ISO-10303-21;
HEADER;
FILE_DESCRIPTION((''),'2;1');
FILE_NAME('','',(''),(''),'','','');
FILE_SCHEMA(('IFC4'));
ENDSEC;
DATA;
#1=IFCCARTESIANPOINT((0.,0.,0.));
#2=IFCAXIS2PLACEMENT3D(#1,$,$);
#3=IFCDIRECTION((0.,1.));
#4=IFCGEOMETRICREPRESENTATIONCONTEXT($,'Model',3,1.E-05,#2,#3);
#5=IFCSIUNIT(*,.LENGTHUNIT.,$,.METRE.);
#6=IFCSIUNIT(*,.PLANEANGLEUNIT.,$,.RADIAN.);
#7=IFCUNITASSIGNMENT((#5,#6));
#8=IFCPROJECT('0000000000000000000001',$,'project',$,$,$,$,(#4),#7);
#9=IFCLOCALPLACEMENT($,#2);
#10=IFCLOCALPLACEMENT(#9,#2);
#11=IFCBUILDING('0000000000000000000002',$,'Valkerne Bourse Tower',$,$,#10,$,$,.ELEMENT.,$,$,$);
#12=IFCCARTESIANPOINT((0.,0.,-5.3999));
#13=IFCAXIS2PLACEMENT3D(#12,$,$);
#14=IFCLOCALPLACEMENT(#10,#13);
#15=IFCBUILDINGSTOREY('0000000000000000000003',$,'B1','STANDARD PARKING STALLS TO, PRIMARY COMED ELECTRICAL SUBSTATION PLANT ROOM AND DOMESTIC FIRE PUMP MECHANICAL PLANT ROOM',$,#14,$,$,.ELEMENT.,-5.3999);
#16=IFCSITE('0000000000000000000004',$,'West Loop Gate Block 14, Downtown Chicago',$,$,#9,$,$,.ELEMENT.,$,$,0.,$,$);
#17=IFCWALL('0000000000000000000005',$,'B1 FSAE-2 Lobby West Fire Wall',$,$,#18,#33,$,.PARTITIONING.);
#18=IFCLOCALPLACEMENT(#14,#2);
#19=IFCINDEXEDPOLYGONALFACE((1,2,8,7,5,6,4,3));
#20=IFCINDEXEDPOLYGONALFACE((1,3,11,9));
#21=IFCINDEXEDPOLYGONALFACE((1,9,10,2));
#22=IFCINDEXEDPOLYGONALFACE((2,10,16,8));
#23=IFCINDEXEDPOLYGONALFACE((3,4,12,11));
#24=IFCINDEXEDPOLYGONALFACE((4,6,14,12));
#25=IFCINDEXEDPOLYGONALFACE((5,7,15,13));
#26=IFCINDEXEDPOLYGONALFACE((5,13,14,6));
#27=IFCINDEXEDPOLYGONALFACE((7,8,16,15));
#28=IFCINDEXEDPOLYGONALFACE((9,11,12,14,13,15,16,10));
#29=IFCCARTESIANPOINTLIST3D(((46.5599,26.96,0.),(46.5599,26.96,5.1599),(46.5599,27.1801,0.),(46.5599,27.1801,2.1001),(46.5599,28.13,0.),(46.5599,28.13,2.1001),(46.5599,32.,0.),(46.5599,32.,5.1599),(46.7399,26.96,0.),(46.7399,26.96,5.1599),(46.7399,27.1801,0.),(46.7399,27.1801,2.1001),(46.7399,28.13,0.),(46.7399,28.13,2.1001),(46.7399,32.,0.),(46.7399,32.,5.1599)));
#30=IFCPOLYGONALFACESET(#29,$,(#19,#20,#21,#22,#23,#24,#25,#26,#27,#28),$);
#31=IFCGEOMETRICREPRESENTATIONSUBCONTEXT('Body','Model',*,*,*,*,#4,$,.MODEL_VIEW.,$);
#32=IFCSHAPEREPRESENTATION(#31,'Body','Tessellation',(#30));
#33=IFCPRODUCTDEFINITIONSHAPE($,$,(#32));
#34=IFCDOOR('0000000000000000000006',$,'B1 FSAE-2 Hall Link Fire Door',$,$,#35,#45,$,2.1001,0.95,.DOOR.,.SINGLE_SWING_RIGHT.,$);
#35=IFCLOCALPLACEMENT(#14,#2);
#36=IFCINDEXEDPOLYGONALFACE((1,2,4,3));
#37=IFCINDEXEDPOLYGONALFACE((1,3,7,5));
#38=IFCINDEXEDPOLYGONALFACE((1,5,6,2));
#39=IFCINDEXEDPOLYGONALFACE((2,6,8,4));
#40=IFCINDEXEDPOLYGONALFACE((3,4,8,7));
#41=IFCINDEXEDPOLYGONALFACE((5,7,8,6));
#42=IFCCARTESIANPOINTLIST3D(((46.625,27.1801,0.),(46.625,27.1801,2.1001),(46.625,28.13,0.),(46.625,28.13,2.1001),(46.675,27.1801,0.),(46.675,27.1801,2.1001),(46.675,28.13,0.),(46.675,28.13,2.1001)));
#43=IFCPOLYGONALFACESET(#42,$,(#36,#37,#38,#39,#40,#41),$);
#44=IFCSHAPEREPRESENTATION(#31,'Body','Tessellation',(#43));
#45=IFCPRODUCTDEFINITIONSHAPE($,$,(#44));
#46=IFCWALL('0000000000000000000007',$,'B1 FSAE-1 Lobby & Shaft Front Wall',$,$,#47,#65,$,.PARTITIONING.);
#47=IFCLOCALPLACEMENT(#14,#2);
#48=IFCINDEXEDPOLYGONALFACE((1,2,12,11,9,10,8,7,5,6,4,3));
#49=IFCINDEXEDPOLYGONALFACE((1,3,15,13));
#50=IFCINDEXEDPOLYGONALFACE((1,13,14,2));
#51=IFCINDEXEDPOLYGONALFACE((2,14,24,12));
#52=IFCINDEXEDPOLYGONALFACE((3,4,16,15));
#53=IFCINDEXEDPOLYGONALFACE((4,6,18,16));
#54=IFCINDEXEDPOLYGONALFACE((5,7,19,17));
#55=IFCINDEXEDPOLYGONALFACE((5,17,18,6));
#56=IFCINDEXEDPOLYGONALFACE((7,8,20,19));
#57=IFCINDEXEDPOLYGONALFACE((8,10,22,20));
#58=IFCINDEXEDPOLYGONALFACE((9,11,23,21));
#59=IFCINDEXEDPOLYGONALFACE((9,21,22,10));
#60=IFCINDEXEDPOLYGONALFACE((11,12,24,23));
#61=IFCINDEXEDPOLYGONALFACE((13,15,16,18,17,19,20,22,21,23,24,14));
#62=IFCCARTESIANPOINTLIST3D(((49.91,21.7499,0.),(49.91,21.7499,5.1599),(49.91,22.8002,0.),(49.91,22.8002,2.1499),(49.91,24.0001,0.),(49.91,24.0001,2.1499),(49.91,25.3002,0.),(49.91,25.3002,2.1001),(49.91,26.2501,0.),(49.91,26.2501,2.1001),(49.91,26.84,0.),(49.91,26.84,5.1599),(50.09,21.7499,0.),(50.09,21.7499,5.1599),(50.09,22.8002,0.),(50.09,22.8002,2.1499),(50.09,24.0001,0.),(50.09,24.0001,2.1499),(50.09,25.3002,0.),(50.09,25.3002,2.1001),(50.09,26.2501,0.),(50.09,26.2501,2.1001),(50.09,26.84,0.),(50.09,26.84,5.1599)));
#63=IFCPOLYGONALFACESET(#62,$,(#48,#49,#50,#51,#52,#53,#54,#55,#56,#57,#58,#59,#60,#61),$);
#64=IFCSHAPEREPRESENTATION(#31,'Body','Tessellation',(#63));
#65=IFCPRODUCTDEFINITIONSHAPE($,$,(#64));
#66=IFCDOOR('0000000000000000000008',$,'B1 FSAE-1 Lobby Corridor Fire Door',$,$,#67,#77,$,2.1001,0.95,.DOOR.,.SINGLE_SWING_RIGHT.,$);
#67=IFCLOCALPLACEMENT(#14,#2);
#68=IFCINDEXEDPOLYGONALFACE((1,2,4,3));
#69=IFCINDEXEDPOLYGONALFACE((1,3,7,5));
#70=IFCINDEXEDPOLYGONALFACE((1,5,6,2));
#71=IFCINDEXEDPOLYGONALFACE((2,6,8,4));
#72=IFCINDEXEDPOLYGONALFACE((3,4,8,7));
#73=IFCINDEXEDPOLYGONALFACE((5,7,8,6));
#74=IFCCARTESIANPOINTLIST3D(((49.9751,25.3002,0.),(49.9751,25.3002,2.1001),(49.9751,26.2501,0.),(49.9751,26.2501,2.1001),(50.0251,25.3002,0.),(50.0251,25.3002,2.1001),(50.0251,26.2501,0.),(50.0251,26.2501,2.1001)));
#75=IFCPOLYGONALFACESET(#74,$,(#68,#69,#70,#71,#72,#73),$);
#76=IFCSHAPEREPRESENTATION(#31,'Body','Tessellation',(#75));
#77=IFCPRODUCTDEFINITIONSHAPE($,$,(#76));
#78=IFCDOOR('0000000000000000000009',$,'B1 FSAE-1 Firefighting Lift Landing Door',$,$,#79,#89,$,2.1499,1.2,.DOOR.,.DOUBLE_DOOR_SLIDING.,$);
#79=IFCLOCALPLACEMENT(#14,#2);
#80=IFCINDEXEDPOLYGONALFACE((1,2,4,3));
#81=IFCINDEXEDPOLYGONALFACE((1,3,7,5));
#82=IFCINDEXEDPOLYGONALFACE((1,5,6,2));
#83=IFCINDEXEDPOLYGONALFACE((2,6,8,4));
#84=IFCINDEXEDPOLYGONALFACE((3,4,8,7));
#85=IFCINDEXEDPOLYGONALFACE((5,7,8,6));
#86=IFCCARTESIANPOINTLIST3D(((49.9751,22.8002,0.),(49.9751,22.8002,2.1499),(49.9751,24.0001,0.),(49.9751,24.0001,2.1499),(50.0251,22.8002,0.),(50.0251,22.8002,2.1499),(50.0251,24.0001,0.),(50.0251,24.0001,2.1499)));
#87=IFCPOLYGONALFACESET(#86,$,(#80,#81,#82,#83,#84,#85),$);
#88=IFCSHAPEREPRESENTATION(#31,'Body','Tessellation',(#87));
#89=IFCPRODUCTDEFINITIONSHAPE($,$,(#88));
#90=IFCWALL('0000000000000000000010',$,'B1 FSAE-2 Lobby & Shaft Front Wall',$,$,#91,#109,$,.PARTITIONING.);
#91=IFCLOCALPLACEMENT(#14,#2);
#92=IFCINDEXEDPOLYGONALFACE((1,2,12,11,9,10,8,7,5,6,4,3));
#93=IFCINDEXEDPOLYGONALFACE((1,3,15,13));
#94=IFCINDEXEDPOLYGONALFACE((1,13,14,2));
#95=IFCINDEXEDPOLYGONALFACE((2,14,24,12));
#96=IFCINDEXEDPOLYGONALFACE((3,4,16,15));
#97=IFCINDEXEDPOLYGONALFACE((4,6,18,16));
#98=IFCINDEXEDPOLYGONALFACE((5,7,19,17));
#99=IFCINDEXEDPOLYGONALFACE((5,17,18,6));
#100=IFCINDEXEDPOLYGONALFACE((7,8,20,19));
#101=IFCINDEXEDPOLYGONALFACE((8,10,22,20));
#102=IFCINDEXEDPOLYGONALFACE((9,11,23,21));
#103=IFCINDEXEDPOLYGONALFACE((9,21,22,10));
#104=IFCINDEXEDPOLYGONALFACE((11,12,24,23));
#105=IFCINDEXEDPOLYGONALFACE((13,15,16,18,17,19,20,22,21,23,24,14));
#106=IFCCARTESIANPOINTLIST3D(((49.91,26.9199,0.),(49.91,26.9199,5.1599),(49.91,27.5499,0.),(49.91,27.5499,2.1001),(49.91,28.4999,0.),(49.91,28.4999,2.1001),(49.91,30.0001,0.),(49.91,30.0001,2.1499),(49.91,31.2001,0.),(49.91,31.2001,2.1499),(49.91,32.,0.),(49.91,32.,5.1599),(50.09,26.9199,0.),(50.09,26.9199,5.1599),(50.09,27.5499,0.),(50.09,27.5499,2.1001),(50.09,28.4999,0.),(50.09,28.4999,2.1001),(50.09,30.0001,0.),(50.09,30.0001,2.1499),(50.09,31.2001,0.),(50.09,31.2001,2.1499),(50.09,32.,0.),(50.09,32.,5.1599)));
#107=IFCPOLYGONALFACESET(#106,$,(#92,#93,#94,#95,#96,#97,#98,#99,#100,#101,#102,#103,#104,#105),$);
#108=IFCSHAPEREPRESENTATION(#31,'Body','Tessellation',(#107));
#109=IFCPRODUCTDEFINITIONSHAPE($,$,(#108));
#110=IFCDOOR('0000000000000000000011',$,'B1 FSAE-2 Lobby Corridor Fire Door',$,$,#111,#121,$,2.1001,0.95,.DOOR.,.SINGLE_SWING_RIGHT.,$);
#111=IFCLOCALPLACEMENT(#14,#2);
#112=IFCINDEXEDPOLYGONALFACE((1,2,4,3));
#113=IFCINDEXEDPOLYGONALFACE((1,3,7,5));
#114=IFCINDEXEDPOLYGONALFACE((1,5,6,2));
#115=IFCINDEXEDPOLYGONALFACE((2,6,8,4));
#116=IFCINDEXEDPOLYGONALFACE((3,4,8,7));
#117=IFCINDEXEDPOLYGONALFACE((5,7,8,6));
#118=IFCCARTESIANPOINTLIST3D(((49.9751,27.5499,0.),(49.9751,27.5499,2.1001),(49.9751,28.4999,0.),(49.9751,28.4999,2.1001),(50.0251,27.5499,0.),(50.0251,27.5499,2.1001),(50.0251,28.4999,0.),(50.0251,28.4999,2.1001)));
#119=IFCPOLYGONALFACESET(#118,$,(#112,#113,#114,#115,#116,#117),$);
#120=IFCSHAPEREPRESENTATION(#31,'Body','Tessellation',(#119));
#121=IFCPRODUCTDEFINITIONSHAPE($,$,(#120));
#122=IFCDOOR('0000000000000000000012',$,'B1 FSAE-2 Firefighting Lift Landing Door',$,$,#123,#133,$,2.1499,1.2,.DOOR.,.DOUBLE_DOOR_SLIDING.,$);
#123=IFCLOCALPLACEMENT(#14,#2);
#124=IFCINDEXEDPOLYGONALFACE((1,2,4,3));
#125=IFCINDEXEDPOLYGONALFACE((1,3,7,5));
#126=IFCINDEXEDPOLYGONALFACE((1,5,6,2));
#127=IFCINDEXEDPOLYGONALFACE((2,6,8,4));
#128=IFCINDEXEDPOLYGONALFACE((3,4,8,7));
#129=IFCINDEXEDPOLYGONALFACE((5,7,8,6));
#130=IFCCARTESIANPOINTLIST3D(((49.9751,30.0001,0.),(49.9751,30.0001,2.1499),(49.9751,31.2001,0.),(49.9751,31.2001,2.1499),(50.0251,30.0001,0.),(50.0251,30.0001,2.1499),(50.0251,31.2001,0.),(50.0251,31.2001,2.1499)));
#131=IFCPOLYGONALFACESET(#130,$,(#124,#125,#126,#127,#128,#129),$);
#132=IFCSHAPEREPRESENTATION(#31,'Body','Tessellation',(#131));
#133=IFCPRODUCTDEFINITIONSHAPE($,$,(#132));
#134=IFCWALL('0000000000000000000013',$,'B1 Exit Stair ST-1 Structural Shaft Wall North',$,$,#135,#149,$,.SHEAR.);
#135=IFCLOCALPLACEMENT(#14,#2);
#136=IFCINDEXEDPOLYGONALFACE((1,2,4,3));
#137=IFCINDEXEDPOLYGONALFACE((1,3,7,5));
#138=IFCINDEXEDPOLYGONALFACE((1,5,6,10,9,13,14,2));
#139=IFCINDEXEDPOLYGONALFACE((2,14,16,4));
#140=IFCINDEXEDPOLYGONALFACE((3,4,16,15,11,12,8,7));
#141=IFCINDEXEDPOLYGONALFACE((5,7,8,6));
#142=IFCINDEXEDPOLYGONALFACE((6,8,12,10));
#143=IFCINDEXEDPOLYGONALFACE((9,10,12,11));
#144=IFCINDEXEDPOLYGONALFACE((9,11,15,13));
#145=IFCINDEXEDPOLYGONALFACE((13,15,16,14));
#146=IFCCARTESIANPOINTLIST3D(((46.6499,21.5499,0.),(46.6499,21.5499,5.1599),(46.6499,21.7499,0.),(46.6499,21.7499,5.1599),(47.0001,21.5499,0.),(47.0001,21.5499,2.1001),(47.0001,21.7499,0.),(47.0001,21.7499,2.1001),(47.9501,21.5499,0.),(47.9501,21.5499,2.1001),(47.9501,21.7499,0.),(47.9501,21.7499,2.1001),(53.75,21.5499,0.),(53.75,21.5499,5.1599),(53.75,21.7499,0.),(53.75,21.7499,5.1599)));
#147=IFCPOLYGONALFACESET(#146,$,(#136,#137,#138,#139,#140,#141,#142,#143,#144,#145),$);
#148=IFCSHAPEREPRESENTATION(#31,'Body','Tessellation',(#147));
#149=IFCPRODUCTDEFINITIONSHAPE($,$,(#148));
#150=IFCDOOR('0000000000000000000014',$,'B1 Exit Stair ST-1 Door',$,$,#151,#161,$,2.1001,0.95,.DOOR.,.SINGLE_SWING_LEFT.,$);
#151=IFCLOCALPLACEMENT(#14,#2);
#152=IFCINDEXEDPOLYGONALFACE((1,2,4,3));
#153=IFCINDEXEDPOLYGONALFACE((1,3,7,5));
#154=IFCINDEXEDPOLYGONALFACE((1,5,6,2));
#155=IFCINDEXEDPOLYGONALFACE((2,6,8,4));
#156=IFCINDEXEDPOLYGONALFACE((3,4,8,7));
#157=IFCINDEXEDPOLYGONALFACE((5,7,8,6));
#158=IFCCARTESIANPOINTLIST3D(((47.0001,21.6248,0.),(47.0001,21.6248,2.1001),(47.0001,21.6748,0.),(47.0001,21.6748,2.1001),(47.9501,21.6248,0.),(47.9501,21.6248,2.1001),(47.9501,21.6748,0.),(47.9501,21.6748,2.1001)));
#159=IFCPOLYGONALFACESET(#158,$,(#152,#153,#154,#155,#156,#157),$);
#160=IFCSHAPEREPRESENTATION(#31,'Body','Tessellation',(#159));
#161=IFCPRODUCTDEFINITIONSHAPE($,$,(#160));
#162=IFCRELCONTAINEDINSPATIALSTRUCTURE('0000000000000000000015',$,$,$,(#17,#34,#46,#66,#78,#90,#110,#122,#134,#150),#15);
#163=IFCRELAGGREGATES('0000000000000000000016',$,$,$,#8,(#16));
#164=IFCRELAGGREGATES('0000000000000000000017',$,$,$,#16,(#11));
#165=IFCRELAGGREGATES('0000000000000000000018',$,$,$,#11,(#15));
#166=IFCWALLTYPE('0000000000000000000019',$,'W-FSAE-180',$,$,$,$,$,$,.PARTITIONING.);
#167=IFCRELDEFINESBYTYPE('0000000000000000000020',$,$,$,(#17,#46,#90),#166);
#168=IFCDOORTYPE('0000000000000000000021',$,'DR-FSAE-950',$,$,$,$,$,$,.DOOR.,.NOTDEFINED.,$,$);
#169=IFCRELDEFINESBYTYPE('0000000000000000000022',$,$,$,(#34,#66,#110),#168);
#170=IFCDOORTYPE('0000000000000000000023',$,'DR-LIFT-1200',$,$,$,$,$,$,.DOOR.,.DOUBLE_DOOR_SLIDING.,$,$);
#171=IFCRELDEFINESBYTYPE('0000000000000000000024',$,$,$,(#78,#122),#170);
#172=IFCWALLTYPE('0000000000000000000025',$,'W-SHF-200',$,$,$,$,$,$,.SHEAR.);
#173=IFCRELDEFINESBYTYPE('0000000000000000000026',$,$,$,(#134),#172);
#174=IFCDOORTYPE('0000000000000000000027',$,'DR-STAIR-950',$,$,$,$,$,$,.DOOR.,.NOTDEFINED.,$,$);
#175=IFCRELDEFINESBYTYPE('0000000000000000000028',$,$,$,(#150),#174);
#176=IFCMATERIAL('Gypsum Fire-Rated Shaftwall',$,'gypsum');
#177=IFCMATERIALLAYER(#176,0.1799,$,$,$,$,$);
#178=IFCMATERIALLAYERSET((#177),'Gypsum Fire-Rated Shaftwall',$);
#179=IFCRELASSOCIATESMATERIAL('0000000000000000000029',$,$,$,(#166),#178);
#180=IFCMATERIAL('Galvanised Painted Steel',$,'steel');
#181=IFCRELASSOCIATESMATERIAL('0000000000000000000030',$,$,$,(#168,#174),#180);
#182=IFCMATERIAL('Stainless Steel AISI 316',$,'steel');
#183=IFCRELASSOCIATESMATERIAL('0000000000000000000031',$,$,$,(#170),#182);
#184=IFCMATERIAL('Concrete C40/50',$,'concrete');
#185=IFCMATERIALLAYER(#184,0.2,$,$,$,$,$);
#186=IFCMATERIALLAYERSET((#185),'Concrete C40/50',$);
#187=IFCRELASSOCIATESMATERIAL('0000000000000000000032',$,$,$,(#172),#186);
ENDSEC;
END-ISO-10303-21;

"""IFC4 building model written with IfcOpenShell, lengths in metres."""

from ifc_helpers import new_model, si_unit, direction, frame, frame_2d, origin, place, context, subcontext, project, spatial, rectangle, extrude, material, layer, layer_set, type_object, element, fill, save


model = new_model("IFC4")

# Units and contexts
model_context = context("Model", 3, precision=1e-05, world=origin(), true_north=direction((0.0, 1.0)))
body_context = subcontext(model_context, "Body", "Model", "MODEL_VIEW")
ifc_project = project(units=[si_unit("LENGTHUNIT", "METRE"), si_unit("PLANEANGLEUNIT", "RADIAN")], contexts=[model_context])

# Site, building, storey
site_placement = place(None, origin())
site = spatial("IfcSite", under=ifc_project, at=site_placement, Name="West Loop Gate Block 14, Downtown Chicago", CompositionType="ELEMENT", RefElevation=0.0)
building_placement = place(site_placement, origin())
building = spatial("IfcBuilding", under=site, at=building_placement, Name="Valkerne Bourse Tower", CompositionType="ELEMENT")
storey_placement = place(building_placement, frame((0.0, 0.0, -5.3999)))
storey = spatial("IfcBuildingStorey", under=building, at=storey_placement, Name="B1", Description="STANDARD PARKING STALLS TO, PRIMARY COMED ELECTRICAL SUBSTATION PLANT ROOM AND DOMESTIC FIRE PUMP MECHANICAL PLANT ROOM", CompositionType="ELEMENT", Elevation=-5.3999)

# Shared definitions
ifc_material_1 = material(Name="Gypsum Fire-Rated Shaftwall", Category="gypsum")
ifc_layer_1 = layer(ifc_material_1, 0.1799)
ifc_layer_set_1 = layer_set([ifc_layer_1], Name="Gypsum Fire-Rated Shaftwall")
wall_type_1 = type_object("IfcWallType", Name="W-FSAE-180", PredefinedType="PARTITIONING", material=ifc_layer_set_1)

# Wall, opening, door
ifc_material_2 = material(Name="Galvanised Painted Steel", Category="steel")
door_type_1 = type_object("IfcDoorType", Name="DR-FSAE-950", OperationType="NOTDEFINED", PredefinedType="DOOR", material=ifc_material_2)
wall_1_placement = place(storey_placement, frame((46.6499, 26.96, 0.0), z_axis=(0.0, 0.0, 1.0), x_axis=(0.0, 1.0, 0.0)))
wall_1 = element("IfcWall", 1, at=wall_1_placement, inside=storey, type_object=wall_type_1, Name="B1 FSAE-2 Lobby West Fire Wall", PredefinedType="PARTITIONING", context=body_context, shape_type="SweptSolid", body=[
    extrude(rectangle(XDim=5.04, YDim=0.1799, at=frame_2d((2.52, 0.0))), origin(), (0.0, 0.0, 1.0), 5.1599),
])
opening_1_placement = place(wall_1_placement, frame((0.22, 0.0, 0.0)))
opening_1 = element("IfcOpeningElement", 2, at=opening_1_placement, cuts=wall_1, PredefinedType="OPENING", context=body_context, shape_type="SweptSolid", body=[
    extrude(rectangle(XDim=0.95, YDim=2.1001, at=frame_2d((0.4751, 1.05))), frame((0.0, 0.0999, 0.0), z_axis=(0.0, -1.0, 0.0), x_axis=(1.0, 0.0, 0.0)), (0.0, 0.0, 1.0), 0.2),
])
door_1_placement = place(opening_1_placement, origin())
door_1 = element("IfcDoor", 3, at=door_1_placement, inside=storey, type_object=door_type_1, Name="B1 FSAE-2 Hall Link Fire Door", OperationType="SINGLE_SWING_RIGHT", OverallHeight=2.1001, OverallWidth=0.95, PredefinedType="DOOR", context=body_context, shape_type="SweptSolid", body=[
    extrude(rectangle(XDim=0.95, YDim=2.1001, at=frame_2d((0.4751, 1.05))), frame((0.0, 0.0249, 0.0), z_axis=(0.0, -1.0, 0.0), x_axis=(1.0, 0.0, 0.0)), (0.0, 0.0, 1.0), 0.05),
])
fill(opening_1, door_1)

# Walls, openings, doors
wall_2_placement = place(storey_placement, frame((50.0, 21.75, 0.0), z_axis=(0.0, 0.0, 1.0), x_axis=(0.0, 1.0, 0.0)))
wall_2 = element("IfcWall", 4, at=wall_2_placement, inside=storey, type_object=wall_type_1, Name="B1 FSAE-1 Lobby & Shaft Front Wall", PredefinedType="PARTITIONING", context=body_context, shape_type="SweptSolid", body=[
    extrude(rectangle(XDim=5.0901, YDim=0.1799, at=frame_2d((2.5449, 0.0))), origin(), (0.0, 0.0, 1.0), 5.1599),
])
opening_2_placement = place(wall_2_placement, frame((1.05, 0.0, 0.0)))
opening_2 = element("IfcOpeningElement", 5, at=opening_2_placement, cuts=wall_2, PredefinedType="OPENING", context=body_context, shape_type="SweptSolid", body=[
    extrude(rectangle(XDim=1.2, YDim=2.1499, at=frame_2d((0.6001, 1.075))), frame((0.0, 0.0999, 0.0), z_axis=(0.0, -1.0, 0.0), x_axis=(1.0, 0.0, 0.0)), (0.0, 0.0, 1.0), 0.2),
])
opening_3_placement = place(wall_2_placement, frame((3.55, 0.0, 0.0)))
opening_3 = element("IfcOpeningElement", 6, at=opening_3_placement, cuts=wall_2, PredefinedType="OPENING", context=body_context, shape_type="SweptSolid", body=[
    extrude(rectangle(XDim=0.95, YDim=2.1001, at=frame_2d((0.4751, 1.05))), frame((0.0, 0.0999, 0.0), z_axis=(0.0, -1.0, 0.0), x_axis=(1.0, 0.0, 0.0)), (0.0, 0.0, 1.0), 0.2),
])
door_2_placement = place(opening_3_placement, origin())
door_2 = element("IfcDoor", 7, at=door_2_placement, inside=storey, type_object=door_type_1, Name="B1 FSAE-1 Lobby Corridor Fire Door", OperationType="SINGLE_SWING_RIGHT", OverallHeight=2.1001, OverallWidth=0.95, PredefinedType="DOOR", context=body_context, shape_type="SweptSolid", body=[
    extrude(rectangle(XDim=0.95, YDim=2.1001, at=frame_2d((0.4751, 1.05))), frame((0.0, 0.0249, 0.0), z_axis=(0.0, -1.0, 0.0), x_axis=(1.0, 0.0, 0.0)), (0.0, 0.0, 1.0), 0.05),
])
fill(opening_3, door_2)
ifc_material_3 = material(Name="Stainless Steel AISI 316", Category="steel")
door_type_2 = type_object("IfcDoorType", Name="DR-LIFT-1200", OperationType="DOUBLE_DOOR_SLIDING", PredefinedType="DOOR", material=ifc_material_3)
door_3_placement = place(opening_2_placement, origin())
door_3 = element("IfcDoor", 8, at=door_3_placement, inside=storey, type_object=door_type_2, Name="B1 FSAE-1 Firefighting Lift Landing Door", OperationType="DOUBLE_DOOR_SLIDING", OverallHeight=2.1499, OverallWidth=1.2, PredefinedType="DOOR", context=body_context, shape_type="SweptSolid", body=[
    extrude(rectangle(XDim=1.2, YDim=2.1499, at=frame_2d((0.6001, 1.075))), frame((0.0, 0.0249, 0.0), z_axis=(0.0, -1.0, 0.0), x_axis=(1.0, 0.0, 0.0)), (0.0, 0.0, 1.0), 0.05),
])
fill(opening_2, door_3)
wall_3_placement = place(storey_placement, frame((50.0, 26.9199, 0.0), z_axis=(0.0, 0.0, 1.0), x_axis=(0.0, 1.0, 0.0)))
wall_3 = element("IfcWall", 9, at=wall_3_placement, inside=storey, type_object=wall_type_1, Name="B1 FSAE-2 Lobby & Shaft Front Wall", PredefinedType="PARTITIONING", context=body_context, shape_type="SweptSolid", body=[
    extrude(rectangle(XDim=5.0801, YDim=0.1799, at=frame_2d((2.54, 0.0))), origin(), (0.0, 0.0, 1.0), 5.1599),
])
opening_4_placement = place(wall_3_placement, frame((3.0801, 0.0, 0.0)))
opening_4 = element("IfcOpeningElement", 10, at=opening_4_placement, cuts=wall_3, PredefinedType="OPENING", context=body_context, shape_type="SweptSolid", body=[
    extrude(rectangle(XDim=1.2, YDim=2.1499, at=frame_2d((0.6001, 1.075))), frame((0.0, 0.0999, 0.0), z_axis=(0.0, -1.0, 0.0), x_axis=(1.0, 0.0, 0.0)), (0.0, 0.0, 1.0), 0.2),
])
opening_5_placement = place(wall_3_placement, frame((0.6299, 0.0, 0.0)))
opening_5 = element("IfcOpeningElement", 11, at=opening_5_placement, cuts=wall_3, PredefinedType="OPENING", context=body_context, shape_type="SweptSolid", body=[
    extrude(rectangle(XDim=0.95, YDim=2.1001, at=frame_2d((0.4751, 1.05))), frame((0.0, 0.0999, 0.0), z_axis=(0.0, -1.0, 0.0), x_axis=(1.0, 0.0, 0.0)), (0.0, 0.0, 1.0), 0.2),
])
door_4_placement = place(opening_5_placement, origin())
door_4 = element("IfcDoor", 12, at=door_4_placement, inside=storey, type_object=door_type_1, Name="B1 FSAE-2 Lobby Corridor Fire Door", OperationType="SINGLE_SWING_RIGHT", OverallHeight=2.1001, OverallWidth=0.95, PredefinedType="DOOR", context=body_context, shape_type="SweptSolid", body=[
    extrude(rectangle(XDim=0.95, YDim=2.1001, at=frame_2d((0.4751, 1.05))), frame((0.0, 0.0249, 0.0), z_axis=(0.0, -1.0, 0.0), x_axis=(1.0, 0.0, 0.0)), (0.0, 0.0, 1.0), 0.05),
])
fill(opening_5, door_4)
door_5_placement = place(opening_4_placement, origin())
door_5 = element("IfcDoor", 13, at=door_5_placement, inside=storey, type_object=door_type_2, Name="B1 FSAE-2 Firefighting Lift Landing Door", OperationType="DOUBLE_DOOR_SLIDING", OverallHeight=2.1499, OverallWidth=1.2, PredefinedType="DOOR", context=body_context, shape_type="SweptSolid", body=[
    extrude(rectangle(XDim=1.2, YDim=2.1499, at=frame_2d((0.6001, 1.075))), frame((0.0, 0.0249, 0.0), z_axis=(0.0, -1.0, 0.0), x_axis=(1.0, 0.0, 0.0)), (0.0, 0.0, 1.0), 0.05),
])
fill(opening_4, door_5)

# Wall, opening, door
ifc_material_4 = material(Name="Concrete C40/50", Category="concrete")
ifc_layer_2 = layer(ifc_material_4, 0.2)
ifc_layer_set_2 = layer_set([ifc_layer_2], Name="Concrete C40/50")
wall_type_2 = type_object("IfcWallType", Name="W-SHF-200", PredefinedType="SHEAR", material=ifc_layer_set_2)
wall_4_placement = place(storey_placement, frame((46.6499, 21.6499, 0.0), z_axis=(0.0, 0.0, 1.0), x_axis=(1.0, 0.0, 0.0)))
wall_4 = element("IfcWall", 14, at=wall_4_placement, inside=storey, type_object=wall_type_2, Name="B1 Exit Stair ST-1 Structural Shaft Wall North", PredefinedType="SHEAR", context=body_context, shape_type="SweptSolid", body=[
    extrude(rectangle(XDim=7.1001, YDim=0.2, at=frame_2d((3.55, 0.0))), origin(), (0.0, 0.0, 1.0), 5.1599),
])
opening_6_placement = place(wall_4_placement, frame((0.3501, 0.0, 0.0)))
opening_6 = element("IfcOpeningElement", 15, at=opening_6_placement, cuts=wall_4, PredefinedType="OPENING", context=body_context, shape_type="SweptSolid", body=[
    extrude(rectangle(XDim=0.95, YDim=2.1001, at=frame_2d((0.4751, 1.05))), frame((0.0, 0.1099, 0.0), z_axis=(0.0, -1.0, 0.0), x_axis=(1.0, 0.0, 0.0)), (0.0, 0.0, 1.0), 0.22),
])
door_type_3 = type_object("IfcDoorType", Name="DR-STAIR-950", OperationType="NOTDEFINED", PredefinedType="DOOR", material=ifc_material_2)
door_6_placement = place(opening_6_placement, origin())
door_6 = element("IfcDoor", 16, at=door_6_placement, inside=storey, type_object=door_type_3, Name="B1 Exit Stair ST-1 Door", OperationType="SINGLE_SWING_LEFT", OverallHeight=2.1001, OverallWidth=0.95, PredefinedType="DOOR", context=body_context, shape_type="SweptSolid", body=[
    extrude(rectangle(XDim=0.95, YDim=2.1001, at=frame_2d((0.4751, 1.05))), frame((0.0, 0.0249, 0.0), z_axis=(0.0, -1.0, 0.0), x_axis=(1.0, 0.0, 0.0)), (0.0, 0.0, 1.0), 0.05),
])
fill(opening_6, door_6)

save(model, "model.ifc")
